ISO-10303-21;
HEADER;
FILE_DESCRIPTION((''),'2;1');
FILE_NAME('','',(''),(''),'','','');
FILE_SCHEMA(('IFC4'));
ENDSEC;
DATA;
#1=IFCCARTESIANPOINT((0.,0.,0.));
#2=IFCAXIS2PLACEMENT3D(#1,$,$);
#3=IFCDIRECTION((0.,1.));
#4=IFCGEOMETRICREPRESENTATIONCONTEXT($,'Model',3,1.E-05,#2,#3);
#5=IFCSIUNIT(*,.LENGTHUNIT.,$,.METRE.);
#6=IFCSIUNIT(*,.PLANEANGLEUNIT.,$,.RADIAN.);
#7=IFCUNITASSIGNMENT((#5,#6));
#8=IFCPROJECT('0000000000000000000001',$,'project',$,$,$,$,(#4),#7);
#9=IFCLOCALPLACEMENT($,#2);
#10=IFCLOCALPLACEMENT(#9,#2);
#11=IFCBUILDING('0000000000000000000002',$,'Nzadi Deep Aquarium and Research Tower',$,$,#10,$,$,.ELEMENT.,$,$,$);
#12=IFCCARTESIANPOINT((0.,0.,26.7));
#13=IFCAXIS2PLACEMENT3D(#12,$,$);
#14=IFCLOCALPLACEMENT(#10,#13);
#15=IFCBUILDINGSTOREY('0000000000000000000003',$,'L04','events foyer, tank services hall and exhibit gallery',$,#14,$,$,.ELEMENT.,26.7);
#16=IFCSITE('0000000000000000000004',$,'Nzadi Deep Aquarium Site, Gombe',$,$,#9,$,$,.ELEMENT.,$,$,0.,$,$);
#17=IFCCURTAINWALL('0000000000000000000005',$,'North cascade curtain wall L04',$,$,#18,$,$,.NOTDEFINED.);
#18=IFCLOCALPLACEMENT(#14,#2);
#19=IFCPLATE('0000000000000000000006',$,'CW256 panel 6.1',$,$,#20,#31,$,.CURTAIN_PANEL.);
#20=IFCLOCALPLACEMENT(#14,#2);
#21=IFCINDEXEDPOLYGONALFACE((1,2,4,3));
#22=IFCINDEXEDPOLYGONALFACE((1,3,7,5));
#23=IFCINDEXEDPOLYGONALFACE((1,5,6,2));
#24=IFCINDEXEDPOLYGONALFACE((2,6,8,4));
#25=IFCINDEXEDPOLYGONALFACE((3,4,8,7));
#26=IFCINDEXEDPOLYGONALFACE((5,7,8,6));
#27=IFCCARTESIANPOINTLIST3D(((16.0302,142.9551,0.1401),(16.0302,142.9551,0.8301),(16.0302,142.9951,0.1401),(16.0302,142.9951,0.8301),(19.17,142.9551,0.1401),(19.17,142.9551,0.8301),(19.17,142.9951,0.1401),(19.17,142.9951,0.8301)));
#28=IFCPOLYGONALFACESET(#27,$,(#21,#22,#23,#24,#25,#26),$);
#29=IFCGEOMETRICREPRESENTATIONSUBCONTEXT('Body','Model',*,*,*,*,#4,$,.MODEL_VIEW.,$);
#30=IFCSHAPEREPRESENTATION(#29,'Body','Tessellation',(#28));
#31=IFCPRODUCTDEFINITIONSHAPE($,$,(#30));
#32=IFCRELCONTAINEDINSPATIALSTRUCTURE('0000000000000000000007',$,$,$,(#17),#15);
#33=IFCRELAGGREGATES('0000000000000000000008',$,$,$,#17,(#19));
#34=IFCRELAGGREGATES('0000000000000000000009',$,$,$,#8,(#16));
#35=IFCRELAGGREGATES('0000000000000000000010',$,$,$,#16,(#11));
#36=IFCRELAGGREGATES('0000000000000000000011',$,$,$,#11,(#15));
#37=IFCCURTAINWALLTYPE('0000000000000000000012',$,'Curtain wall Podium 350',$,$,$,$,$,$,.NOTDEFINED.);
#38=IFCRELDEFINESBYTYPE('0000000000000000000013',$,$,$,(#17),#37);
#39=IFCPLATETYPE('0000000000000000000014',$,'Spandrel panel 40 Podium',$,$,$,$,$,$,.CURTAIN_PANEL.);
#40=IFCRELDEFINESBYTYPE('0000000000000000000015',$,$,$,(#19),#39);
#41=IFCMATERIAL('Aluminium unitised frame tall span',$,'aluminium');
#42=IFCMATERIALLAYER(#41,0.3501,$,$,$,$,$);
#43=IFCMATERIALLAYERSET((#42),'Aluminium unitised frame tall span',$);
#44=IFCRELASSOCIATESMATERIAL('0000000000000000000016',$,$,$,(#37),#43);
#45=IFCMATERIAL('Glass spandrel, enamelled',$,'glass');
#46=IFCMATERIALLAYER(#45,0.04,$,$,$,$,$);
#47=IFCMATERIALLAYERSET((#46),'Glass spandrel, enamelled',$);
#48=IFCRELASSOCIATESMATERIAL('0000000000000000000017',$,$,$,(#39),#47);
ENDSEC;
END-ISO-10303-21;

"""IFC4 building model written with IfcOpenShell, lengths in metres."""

from ifc_helpers import new_model, si_unit, direction, frame, origin, origin_2d, place, context, subcontext, project, spatial, rectangle, extrude, material, layer, layer_set, type_object, element, aggregate, save


model = new_model("IFC4")

# Units and contexts
model_context = context("Model", 3, precision=1e-05, world=origin(), true_north=direction((0.0, 1.0)))
body_context = subcontext(model_context, "Body", "Model", "MODEL_VIEW")
ifc_project = project(units=[si_unit("LENGTHUNIT", "METRE"), si_unit("PLANEANGLEUNIT", "RADIAN")], contexts=[model_context])

# Site, building, storey
site_placement = place(None, origin())
site = spatial("IfcSite", under=ifc_project, at=site_placement, Name="Nzadi Deep Aquarium Site, Gombe", CompositionType="ELEMENT", RefElevation=0.0)
building_placement = place(site_placement, origin())
building = spatial("IfcBuilding", under=site, at=building_placement, Name="Nzadi Deep Aquarium and Research Tower", CompositionType="ELEMENT")
storey_placement = place(building_placement, frame((0.0, 0.0, 26.7)))
storey = spatial("IfcBuildingStorey", under=building, at=storey_placement, Name="L04", Description="events foyer, tank services hall and exhibit gallery", CompositionType="ELEMENT", Elevation=26.7)

# Curtain wall
ifc_material_1 = material(Name="Aluminium unitised frame tall span", Category="aluminium")
ifc_layer_1 = layer(ifc_material_1, 0.3501)
ifc_layer_set_1 = layer_set([ifc_layer_1], Name="Aluminium unitised frame tall span")
curtain_wall_type = type_object("IfcCurtainWallType", Name="Curtain wall Podium 350", PredefinedType="NOTDEFINED", material=ifc_layer_set_1)
curtain_wall_placement = place(storey_placement, origin())
curtain_wall = element("IfcCurtainWall", 1, at=curtain_wall_placement, inside=storey, type_object=curtain_wall_type, Name="North cascade curtain wall L04", PredefinedType="NOTDEFINED")

# Plate
ifc_material_2 = material(Name="Glass spandrel, enamelled", Category="glass")
ifc_layer_2 = layer(ifc_material_2, 0.04)
ifc_layer_set_2 = layer_set([ifc_layer_2], Name="Glass spandrel, enamelled")
plate_type_1 = type_object("IfcPlateType", Name="Spandrel panel 40 Podium", PredefinedType="CURTAIN_PANEL", material=ifc_layer_set_2)
plate_1_placement = place(storey_placement, frame((17.6001, 142.9751, 0.1401), z_axis=(0.0, 0.0, 1.0), x_axis=(1.0, 0.0, 0.0)))
plate_1 = element("IfcPlate", 2, at=plate_1_placement, type_object=plate_type_1, Name="CW256 panel 6.1", PredefinedType="CURTAIN_PANEL", context=body_context, shape_type="SweptSolid", body=[
    extrude(rectangle(XDim=3.1399, YDim=0.04, at=origin_2d()), origin(), (0.0, 0.0, 1.0), 0.6899),
])
aggregate(curtain_wall, [plate_1])

save(model, "model.ifc")
